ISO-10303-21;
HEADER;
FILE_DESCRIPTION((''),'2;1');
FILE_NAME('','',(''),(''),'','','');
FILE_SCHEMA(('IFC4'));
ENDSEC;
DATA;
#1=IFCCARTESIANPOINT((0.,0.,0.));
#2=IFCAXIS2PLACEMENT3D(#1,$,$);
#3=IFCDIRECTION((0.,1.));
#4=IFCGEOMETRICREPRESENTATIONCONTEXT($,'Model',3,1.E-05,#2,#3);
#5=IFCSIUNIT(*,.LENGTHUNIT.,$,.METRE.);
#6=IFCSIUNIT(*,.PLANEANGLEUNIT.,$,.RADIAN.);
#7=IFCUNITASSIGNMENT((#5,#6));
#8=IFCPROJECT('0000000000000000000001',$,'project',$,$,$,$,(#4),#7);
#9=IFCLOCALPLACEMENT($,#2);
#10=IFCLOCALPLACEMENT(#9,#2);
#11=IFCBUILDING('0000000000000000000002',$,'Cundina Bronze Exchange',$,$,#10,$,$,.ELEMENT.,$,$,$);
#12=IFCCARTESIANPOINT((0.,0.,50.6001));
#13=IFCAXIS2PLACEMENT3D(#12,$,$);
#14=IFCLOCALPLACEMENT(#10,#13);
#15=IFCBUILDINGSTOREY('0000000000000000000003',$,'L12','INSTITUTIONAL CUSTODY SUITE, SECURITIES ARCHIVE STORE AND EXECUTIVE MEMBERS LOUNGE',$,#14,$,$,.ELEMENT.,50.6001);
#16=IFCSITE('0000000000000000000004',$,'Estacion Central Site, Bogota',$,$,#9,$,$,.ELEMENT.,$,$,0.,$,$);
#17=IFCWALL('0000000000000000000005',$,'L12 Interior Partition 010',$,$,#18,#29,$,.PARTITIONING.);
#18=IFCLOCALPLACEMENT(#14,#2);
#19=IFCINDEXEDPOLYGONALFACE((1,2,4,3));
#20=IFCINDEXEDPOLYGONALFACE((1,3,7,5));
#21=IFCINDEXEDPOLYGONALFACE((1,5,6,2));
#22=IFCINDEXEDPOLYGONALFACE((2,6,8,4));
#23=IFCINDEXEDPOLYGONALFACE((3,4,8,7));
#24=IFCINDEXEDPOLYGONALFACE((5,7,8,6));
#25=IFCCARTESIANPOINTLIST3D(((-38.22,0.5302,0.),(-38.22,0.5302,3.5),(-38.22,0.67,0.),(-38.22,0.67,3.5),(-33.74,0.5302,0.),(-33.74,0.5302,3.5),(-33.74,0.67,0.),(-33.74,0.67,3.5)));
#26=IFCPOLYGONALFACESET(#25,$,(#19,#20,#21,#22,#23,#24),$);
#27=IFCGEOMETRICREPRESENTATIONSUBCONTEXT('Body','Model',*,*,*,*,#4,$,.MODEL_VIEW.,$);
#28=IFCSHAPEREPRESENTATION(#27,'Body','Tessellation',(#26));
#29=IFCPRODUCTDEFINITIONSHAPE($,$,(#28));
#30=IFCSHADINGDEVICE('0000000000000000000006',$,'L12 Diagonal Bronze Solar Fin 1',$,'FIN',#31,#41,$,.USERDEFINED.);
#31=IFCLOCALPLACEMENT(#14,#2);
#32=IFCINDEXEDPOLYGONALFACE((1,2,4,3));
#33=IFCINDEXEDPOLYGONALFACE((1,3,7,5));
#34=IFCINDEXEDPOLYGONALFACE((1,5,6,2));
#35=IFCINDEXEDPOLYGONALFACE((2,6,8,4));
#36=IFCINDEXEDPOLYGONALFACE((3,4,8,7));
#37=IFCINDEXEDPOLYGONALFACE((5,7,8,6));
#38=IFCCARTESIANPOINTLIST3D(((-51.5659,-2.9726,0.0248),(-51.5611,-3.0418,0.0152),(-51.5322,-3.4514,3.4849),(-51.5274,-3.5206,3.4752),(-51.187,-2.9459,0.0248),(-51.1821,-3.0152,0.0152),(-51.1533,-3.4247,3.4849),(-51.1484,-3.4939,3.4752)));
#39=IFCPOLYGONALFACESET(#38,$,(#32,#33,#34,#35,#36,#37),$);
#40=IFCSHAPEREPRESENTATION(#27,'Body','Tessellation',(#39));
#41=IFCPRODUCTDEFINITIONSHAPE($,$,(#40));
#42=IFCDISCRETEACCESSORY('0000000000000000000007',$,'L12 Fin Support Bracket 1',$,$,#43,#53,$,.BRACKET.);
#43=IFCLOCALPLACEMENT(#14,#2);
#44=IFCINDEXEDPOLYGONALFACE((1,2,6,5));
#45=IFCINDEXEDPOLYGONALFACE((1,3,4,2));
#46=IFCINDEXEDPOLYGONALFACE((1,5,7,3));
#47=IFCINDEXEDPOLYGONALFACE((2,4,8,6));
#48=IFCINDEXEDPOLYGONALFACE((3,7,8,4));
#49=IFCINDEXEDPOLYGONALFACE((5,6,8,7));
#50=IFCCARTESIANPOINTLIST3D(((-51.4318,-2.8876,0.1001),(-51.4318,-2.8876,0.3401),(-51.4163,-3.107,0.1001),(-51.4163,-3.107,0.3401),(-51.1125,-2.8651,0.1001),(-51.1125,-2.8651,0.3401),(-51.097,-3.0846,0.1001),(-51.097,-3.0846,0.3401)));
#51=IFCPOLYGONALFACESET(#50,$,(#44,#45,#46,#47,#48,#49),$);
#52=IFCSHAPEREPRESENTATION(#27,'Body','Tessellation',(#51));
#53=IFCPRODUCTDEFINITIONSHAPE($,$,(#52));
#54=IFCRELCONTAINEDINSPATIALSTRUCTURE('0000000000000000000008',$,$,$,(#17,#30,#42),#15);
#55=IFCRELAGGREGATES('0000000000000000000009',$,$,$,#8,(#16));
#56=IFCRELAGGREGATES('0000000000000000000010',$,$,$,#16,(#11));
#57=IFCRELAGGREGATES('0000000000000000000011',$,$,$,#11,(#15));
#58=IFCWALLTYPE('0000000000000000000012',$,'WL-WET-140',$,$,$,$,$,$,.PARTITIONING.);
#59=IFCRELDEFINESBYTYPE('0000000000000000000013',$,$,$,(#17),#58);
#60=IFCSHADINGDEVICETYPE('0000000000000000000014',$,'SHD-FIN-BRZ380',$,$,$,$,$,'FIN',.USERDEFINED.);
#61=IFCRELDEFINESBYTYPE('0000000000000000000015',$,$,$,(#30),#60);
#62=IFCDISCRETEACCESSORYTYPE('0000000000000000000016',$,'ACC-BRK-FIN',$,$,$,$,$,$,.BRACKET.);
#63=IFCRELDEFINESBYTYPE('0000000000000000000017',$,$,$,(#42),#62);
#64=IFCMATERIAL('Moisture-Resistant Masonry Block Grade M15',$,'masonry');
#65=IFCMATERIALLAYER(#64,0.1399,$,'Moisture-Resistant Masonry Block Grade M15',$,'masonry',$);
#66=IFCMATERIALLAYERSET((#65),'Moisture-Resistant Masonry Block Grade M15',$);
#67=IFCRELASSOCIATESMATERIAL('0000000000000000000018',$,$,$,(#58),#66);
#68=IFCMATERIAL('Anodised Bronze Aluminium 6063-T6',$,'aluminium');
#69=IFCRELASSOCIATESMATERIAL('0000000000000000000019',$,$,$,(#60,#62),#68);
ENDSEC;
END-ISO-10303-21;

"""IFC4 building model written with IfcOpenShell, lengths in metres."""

from ifc_helpers import new_model, si_unit, direction, frame, frame_2d, origin, origin_2d, place, context, subcontext, project, spatial, rectangle, extrude, material, layer, layer_set, material_profile, profile_set, type_object, element, save


model = new_model("IFC4")

# Units and contexts
model_context = context("Model", 3, precision=1e-05, world=origin(), true_north=direction((0.0, 1.0)))
body_context = subcontext(model_context, "Body", "Model", "MODEL_VIEW")
ifc_project = project(units=[si_unit("LENGTHUNIT", "METRE"), si_unit("PLANEANGLEUNIT", "RADIAN")], contexts=[model_context])

# Site, building, storey
site_placement = place(None, origin())
site = spatial("IfcSite", under=ifc_project, at=site_placement, Name="Estacion Central Site, Bogota", CompositionType="ELEMENT", RefElevation=0.0)
building_placement = place(site_placement, origin())
building = spatial("IfcBuilding", under=site, at=building_placement, Name="Cundina Bronze Exchange", CompositionType="ELEMENT")
storey_placement = place(building_placement, frame((0.0, 0.0, 50.6001)))
storey = spatial("IfcBuildingStorey", under=building, at=storey_placement, Name="L12", Description="INSTITUTIONAL CUSTODY SUITE, SECURITIES ARCHIVE STORE AND EXECUTIVE MEMBERS LOUNGE", CompositionType="ELEMENT", Elevation=50.6001)

# Shared definitions
ifc_material_1 = material(Name="Anodised Bronze Aluminium 6063-T6", Category="aluminium")

# Wall
ifc_material_2 = material(Name="Moisture-Resistant Masonry Block Grade M15", Category="masonry")
ifc_layer_1 = layer(ifc_material_2, 0.1399, Name="Moisture-Resistant Masonry Block Grade M15", Category="masonry")
ifc_layer_set_1 = layer_set([ifc_layer_1], Name="Moisture-Resistant Masonry Block Grade M15")
wall_type_1 = type_object("IfcWallType", Name="WL-WET-140", PredefinedType="PARTITIONING", material=ifc_layer_set_1)
wall_1_placement = place(storey_placement, frame((-38.22, 0.6001, 0.0), z_axis=(0.0, 0.0, 1.0), x_axis=(1.0, 0.0, 0.0)))
element("IfcWall", 1, at=wall_1_placement, inside=storey, type_object=wall_type_1, Name="L12 Interior Partition 010", PredefinedType="PARTITIONING", context=body_context, shape_type="SweptSolid", body=[
    extrude(rectangle(XDim=4.48, YDim=0.1399, at=frame_2d((2.24, 0.0))), origin(), (0.0, 0.0, 1.0), 3.5),
])

# Shading device
ifc_material_profile_1 = material_profile(ifc_material_1, rectangle(XDim=0.0701, YDim=0.3799, at=origin_2d()), Name="FIN70X380", Category="aluminium")
ifc_profile_set_1 = profile_set([ifc_material_profile_1], Name="Anodised Bronze Aluminium 6063-T6")
shading_device_type = type_object("IfcShadingDeviceType", Name="SHD-FIN-BRZ380", ElementType="FIN", PredefinedType="USERDEFINED", material=ifc_profile_set_1)
shading_device_placement = place(storey_placement, frame((-51.374, -2.9939, 0.02), z_axis=(0.009645, -0.137059, 0.990516), x_axis=(-0.069533, 0.988072, 0.137398)))
element("IfcShadingDevice", 2, at=shading_device_placement, inside=storey, type_object=shading_device_type, Name="L12 Diagonal Bronze Solar Fin 1", ObjectType="FIN", PredefinedType="USERDEFINED", context=body_context, shape_type="SweptSolid", body=[
    extrude(rectangle(XDim=0.0701, YDim=0.3799, at=origin_2d()), origin(), (0.0, 0.0, 1.0), 3.4932),
])

# Discrete accessory
discrete_accessory_type = type_object("IfcDiscreteAccessoryType", Name="ACC-BRK-FIN", PredefinedType="BRACKET", material=ifc_material_1)
discrete_accessory_placement = place(storey_placement, frame((-51.2644, -2.9861, 0.1001), z_axis=(0.0, 0.0, 1.0), x_axis=(0.070279, -0.997527, 0.0)))
element("IfcDiscreteAccessory", 3, at=discrete_accessory_placement, inside=storey, type_object=discrete_accessory_type, Name="L12 Fin Support Bracket 1", PredefinedType="BRACKET", context=body_context, shape_type="SweptSolid", body=[
    extrude(rectangle(XDim=0.22, YDim=0.3201, at=origin_2d()), origin(), (0.0, 0.0, 1.0), 0.24),
])

save(model, "model.ifc")
